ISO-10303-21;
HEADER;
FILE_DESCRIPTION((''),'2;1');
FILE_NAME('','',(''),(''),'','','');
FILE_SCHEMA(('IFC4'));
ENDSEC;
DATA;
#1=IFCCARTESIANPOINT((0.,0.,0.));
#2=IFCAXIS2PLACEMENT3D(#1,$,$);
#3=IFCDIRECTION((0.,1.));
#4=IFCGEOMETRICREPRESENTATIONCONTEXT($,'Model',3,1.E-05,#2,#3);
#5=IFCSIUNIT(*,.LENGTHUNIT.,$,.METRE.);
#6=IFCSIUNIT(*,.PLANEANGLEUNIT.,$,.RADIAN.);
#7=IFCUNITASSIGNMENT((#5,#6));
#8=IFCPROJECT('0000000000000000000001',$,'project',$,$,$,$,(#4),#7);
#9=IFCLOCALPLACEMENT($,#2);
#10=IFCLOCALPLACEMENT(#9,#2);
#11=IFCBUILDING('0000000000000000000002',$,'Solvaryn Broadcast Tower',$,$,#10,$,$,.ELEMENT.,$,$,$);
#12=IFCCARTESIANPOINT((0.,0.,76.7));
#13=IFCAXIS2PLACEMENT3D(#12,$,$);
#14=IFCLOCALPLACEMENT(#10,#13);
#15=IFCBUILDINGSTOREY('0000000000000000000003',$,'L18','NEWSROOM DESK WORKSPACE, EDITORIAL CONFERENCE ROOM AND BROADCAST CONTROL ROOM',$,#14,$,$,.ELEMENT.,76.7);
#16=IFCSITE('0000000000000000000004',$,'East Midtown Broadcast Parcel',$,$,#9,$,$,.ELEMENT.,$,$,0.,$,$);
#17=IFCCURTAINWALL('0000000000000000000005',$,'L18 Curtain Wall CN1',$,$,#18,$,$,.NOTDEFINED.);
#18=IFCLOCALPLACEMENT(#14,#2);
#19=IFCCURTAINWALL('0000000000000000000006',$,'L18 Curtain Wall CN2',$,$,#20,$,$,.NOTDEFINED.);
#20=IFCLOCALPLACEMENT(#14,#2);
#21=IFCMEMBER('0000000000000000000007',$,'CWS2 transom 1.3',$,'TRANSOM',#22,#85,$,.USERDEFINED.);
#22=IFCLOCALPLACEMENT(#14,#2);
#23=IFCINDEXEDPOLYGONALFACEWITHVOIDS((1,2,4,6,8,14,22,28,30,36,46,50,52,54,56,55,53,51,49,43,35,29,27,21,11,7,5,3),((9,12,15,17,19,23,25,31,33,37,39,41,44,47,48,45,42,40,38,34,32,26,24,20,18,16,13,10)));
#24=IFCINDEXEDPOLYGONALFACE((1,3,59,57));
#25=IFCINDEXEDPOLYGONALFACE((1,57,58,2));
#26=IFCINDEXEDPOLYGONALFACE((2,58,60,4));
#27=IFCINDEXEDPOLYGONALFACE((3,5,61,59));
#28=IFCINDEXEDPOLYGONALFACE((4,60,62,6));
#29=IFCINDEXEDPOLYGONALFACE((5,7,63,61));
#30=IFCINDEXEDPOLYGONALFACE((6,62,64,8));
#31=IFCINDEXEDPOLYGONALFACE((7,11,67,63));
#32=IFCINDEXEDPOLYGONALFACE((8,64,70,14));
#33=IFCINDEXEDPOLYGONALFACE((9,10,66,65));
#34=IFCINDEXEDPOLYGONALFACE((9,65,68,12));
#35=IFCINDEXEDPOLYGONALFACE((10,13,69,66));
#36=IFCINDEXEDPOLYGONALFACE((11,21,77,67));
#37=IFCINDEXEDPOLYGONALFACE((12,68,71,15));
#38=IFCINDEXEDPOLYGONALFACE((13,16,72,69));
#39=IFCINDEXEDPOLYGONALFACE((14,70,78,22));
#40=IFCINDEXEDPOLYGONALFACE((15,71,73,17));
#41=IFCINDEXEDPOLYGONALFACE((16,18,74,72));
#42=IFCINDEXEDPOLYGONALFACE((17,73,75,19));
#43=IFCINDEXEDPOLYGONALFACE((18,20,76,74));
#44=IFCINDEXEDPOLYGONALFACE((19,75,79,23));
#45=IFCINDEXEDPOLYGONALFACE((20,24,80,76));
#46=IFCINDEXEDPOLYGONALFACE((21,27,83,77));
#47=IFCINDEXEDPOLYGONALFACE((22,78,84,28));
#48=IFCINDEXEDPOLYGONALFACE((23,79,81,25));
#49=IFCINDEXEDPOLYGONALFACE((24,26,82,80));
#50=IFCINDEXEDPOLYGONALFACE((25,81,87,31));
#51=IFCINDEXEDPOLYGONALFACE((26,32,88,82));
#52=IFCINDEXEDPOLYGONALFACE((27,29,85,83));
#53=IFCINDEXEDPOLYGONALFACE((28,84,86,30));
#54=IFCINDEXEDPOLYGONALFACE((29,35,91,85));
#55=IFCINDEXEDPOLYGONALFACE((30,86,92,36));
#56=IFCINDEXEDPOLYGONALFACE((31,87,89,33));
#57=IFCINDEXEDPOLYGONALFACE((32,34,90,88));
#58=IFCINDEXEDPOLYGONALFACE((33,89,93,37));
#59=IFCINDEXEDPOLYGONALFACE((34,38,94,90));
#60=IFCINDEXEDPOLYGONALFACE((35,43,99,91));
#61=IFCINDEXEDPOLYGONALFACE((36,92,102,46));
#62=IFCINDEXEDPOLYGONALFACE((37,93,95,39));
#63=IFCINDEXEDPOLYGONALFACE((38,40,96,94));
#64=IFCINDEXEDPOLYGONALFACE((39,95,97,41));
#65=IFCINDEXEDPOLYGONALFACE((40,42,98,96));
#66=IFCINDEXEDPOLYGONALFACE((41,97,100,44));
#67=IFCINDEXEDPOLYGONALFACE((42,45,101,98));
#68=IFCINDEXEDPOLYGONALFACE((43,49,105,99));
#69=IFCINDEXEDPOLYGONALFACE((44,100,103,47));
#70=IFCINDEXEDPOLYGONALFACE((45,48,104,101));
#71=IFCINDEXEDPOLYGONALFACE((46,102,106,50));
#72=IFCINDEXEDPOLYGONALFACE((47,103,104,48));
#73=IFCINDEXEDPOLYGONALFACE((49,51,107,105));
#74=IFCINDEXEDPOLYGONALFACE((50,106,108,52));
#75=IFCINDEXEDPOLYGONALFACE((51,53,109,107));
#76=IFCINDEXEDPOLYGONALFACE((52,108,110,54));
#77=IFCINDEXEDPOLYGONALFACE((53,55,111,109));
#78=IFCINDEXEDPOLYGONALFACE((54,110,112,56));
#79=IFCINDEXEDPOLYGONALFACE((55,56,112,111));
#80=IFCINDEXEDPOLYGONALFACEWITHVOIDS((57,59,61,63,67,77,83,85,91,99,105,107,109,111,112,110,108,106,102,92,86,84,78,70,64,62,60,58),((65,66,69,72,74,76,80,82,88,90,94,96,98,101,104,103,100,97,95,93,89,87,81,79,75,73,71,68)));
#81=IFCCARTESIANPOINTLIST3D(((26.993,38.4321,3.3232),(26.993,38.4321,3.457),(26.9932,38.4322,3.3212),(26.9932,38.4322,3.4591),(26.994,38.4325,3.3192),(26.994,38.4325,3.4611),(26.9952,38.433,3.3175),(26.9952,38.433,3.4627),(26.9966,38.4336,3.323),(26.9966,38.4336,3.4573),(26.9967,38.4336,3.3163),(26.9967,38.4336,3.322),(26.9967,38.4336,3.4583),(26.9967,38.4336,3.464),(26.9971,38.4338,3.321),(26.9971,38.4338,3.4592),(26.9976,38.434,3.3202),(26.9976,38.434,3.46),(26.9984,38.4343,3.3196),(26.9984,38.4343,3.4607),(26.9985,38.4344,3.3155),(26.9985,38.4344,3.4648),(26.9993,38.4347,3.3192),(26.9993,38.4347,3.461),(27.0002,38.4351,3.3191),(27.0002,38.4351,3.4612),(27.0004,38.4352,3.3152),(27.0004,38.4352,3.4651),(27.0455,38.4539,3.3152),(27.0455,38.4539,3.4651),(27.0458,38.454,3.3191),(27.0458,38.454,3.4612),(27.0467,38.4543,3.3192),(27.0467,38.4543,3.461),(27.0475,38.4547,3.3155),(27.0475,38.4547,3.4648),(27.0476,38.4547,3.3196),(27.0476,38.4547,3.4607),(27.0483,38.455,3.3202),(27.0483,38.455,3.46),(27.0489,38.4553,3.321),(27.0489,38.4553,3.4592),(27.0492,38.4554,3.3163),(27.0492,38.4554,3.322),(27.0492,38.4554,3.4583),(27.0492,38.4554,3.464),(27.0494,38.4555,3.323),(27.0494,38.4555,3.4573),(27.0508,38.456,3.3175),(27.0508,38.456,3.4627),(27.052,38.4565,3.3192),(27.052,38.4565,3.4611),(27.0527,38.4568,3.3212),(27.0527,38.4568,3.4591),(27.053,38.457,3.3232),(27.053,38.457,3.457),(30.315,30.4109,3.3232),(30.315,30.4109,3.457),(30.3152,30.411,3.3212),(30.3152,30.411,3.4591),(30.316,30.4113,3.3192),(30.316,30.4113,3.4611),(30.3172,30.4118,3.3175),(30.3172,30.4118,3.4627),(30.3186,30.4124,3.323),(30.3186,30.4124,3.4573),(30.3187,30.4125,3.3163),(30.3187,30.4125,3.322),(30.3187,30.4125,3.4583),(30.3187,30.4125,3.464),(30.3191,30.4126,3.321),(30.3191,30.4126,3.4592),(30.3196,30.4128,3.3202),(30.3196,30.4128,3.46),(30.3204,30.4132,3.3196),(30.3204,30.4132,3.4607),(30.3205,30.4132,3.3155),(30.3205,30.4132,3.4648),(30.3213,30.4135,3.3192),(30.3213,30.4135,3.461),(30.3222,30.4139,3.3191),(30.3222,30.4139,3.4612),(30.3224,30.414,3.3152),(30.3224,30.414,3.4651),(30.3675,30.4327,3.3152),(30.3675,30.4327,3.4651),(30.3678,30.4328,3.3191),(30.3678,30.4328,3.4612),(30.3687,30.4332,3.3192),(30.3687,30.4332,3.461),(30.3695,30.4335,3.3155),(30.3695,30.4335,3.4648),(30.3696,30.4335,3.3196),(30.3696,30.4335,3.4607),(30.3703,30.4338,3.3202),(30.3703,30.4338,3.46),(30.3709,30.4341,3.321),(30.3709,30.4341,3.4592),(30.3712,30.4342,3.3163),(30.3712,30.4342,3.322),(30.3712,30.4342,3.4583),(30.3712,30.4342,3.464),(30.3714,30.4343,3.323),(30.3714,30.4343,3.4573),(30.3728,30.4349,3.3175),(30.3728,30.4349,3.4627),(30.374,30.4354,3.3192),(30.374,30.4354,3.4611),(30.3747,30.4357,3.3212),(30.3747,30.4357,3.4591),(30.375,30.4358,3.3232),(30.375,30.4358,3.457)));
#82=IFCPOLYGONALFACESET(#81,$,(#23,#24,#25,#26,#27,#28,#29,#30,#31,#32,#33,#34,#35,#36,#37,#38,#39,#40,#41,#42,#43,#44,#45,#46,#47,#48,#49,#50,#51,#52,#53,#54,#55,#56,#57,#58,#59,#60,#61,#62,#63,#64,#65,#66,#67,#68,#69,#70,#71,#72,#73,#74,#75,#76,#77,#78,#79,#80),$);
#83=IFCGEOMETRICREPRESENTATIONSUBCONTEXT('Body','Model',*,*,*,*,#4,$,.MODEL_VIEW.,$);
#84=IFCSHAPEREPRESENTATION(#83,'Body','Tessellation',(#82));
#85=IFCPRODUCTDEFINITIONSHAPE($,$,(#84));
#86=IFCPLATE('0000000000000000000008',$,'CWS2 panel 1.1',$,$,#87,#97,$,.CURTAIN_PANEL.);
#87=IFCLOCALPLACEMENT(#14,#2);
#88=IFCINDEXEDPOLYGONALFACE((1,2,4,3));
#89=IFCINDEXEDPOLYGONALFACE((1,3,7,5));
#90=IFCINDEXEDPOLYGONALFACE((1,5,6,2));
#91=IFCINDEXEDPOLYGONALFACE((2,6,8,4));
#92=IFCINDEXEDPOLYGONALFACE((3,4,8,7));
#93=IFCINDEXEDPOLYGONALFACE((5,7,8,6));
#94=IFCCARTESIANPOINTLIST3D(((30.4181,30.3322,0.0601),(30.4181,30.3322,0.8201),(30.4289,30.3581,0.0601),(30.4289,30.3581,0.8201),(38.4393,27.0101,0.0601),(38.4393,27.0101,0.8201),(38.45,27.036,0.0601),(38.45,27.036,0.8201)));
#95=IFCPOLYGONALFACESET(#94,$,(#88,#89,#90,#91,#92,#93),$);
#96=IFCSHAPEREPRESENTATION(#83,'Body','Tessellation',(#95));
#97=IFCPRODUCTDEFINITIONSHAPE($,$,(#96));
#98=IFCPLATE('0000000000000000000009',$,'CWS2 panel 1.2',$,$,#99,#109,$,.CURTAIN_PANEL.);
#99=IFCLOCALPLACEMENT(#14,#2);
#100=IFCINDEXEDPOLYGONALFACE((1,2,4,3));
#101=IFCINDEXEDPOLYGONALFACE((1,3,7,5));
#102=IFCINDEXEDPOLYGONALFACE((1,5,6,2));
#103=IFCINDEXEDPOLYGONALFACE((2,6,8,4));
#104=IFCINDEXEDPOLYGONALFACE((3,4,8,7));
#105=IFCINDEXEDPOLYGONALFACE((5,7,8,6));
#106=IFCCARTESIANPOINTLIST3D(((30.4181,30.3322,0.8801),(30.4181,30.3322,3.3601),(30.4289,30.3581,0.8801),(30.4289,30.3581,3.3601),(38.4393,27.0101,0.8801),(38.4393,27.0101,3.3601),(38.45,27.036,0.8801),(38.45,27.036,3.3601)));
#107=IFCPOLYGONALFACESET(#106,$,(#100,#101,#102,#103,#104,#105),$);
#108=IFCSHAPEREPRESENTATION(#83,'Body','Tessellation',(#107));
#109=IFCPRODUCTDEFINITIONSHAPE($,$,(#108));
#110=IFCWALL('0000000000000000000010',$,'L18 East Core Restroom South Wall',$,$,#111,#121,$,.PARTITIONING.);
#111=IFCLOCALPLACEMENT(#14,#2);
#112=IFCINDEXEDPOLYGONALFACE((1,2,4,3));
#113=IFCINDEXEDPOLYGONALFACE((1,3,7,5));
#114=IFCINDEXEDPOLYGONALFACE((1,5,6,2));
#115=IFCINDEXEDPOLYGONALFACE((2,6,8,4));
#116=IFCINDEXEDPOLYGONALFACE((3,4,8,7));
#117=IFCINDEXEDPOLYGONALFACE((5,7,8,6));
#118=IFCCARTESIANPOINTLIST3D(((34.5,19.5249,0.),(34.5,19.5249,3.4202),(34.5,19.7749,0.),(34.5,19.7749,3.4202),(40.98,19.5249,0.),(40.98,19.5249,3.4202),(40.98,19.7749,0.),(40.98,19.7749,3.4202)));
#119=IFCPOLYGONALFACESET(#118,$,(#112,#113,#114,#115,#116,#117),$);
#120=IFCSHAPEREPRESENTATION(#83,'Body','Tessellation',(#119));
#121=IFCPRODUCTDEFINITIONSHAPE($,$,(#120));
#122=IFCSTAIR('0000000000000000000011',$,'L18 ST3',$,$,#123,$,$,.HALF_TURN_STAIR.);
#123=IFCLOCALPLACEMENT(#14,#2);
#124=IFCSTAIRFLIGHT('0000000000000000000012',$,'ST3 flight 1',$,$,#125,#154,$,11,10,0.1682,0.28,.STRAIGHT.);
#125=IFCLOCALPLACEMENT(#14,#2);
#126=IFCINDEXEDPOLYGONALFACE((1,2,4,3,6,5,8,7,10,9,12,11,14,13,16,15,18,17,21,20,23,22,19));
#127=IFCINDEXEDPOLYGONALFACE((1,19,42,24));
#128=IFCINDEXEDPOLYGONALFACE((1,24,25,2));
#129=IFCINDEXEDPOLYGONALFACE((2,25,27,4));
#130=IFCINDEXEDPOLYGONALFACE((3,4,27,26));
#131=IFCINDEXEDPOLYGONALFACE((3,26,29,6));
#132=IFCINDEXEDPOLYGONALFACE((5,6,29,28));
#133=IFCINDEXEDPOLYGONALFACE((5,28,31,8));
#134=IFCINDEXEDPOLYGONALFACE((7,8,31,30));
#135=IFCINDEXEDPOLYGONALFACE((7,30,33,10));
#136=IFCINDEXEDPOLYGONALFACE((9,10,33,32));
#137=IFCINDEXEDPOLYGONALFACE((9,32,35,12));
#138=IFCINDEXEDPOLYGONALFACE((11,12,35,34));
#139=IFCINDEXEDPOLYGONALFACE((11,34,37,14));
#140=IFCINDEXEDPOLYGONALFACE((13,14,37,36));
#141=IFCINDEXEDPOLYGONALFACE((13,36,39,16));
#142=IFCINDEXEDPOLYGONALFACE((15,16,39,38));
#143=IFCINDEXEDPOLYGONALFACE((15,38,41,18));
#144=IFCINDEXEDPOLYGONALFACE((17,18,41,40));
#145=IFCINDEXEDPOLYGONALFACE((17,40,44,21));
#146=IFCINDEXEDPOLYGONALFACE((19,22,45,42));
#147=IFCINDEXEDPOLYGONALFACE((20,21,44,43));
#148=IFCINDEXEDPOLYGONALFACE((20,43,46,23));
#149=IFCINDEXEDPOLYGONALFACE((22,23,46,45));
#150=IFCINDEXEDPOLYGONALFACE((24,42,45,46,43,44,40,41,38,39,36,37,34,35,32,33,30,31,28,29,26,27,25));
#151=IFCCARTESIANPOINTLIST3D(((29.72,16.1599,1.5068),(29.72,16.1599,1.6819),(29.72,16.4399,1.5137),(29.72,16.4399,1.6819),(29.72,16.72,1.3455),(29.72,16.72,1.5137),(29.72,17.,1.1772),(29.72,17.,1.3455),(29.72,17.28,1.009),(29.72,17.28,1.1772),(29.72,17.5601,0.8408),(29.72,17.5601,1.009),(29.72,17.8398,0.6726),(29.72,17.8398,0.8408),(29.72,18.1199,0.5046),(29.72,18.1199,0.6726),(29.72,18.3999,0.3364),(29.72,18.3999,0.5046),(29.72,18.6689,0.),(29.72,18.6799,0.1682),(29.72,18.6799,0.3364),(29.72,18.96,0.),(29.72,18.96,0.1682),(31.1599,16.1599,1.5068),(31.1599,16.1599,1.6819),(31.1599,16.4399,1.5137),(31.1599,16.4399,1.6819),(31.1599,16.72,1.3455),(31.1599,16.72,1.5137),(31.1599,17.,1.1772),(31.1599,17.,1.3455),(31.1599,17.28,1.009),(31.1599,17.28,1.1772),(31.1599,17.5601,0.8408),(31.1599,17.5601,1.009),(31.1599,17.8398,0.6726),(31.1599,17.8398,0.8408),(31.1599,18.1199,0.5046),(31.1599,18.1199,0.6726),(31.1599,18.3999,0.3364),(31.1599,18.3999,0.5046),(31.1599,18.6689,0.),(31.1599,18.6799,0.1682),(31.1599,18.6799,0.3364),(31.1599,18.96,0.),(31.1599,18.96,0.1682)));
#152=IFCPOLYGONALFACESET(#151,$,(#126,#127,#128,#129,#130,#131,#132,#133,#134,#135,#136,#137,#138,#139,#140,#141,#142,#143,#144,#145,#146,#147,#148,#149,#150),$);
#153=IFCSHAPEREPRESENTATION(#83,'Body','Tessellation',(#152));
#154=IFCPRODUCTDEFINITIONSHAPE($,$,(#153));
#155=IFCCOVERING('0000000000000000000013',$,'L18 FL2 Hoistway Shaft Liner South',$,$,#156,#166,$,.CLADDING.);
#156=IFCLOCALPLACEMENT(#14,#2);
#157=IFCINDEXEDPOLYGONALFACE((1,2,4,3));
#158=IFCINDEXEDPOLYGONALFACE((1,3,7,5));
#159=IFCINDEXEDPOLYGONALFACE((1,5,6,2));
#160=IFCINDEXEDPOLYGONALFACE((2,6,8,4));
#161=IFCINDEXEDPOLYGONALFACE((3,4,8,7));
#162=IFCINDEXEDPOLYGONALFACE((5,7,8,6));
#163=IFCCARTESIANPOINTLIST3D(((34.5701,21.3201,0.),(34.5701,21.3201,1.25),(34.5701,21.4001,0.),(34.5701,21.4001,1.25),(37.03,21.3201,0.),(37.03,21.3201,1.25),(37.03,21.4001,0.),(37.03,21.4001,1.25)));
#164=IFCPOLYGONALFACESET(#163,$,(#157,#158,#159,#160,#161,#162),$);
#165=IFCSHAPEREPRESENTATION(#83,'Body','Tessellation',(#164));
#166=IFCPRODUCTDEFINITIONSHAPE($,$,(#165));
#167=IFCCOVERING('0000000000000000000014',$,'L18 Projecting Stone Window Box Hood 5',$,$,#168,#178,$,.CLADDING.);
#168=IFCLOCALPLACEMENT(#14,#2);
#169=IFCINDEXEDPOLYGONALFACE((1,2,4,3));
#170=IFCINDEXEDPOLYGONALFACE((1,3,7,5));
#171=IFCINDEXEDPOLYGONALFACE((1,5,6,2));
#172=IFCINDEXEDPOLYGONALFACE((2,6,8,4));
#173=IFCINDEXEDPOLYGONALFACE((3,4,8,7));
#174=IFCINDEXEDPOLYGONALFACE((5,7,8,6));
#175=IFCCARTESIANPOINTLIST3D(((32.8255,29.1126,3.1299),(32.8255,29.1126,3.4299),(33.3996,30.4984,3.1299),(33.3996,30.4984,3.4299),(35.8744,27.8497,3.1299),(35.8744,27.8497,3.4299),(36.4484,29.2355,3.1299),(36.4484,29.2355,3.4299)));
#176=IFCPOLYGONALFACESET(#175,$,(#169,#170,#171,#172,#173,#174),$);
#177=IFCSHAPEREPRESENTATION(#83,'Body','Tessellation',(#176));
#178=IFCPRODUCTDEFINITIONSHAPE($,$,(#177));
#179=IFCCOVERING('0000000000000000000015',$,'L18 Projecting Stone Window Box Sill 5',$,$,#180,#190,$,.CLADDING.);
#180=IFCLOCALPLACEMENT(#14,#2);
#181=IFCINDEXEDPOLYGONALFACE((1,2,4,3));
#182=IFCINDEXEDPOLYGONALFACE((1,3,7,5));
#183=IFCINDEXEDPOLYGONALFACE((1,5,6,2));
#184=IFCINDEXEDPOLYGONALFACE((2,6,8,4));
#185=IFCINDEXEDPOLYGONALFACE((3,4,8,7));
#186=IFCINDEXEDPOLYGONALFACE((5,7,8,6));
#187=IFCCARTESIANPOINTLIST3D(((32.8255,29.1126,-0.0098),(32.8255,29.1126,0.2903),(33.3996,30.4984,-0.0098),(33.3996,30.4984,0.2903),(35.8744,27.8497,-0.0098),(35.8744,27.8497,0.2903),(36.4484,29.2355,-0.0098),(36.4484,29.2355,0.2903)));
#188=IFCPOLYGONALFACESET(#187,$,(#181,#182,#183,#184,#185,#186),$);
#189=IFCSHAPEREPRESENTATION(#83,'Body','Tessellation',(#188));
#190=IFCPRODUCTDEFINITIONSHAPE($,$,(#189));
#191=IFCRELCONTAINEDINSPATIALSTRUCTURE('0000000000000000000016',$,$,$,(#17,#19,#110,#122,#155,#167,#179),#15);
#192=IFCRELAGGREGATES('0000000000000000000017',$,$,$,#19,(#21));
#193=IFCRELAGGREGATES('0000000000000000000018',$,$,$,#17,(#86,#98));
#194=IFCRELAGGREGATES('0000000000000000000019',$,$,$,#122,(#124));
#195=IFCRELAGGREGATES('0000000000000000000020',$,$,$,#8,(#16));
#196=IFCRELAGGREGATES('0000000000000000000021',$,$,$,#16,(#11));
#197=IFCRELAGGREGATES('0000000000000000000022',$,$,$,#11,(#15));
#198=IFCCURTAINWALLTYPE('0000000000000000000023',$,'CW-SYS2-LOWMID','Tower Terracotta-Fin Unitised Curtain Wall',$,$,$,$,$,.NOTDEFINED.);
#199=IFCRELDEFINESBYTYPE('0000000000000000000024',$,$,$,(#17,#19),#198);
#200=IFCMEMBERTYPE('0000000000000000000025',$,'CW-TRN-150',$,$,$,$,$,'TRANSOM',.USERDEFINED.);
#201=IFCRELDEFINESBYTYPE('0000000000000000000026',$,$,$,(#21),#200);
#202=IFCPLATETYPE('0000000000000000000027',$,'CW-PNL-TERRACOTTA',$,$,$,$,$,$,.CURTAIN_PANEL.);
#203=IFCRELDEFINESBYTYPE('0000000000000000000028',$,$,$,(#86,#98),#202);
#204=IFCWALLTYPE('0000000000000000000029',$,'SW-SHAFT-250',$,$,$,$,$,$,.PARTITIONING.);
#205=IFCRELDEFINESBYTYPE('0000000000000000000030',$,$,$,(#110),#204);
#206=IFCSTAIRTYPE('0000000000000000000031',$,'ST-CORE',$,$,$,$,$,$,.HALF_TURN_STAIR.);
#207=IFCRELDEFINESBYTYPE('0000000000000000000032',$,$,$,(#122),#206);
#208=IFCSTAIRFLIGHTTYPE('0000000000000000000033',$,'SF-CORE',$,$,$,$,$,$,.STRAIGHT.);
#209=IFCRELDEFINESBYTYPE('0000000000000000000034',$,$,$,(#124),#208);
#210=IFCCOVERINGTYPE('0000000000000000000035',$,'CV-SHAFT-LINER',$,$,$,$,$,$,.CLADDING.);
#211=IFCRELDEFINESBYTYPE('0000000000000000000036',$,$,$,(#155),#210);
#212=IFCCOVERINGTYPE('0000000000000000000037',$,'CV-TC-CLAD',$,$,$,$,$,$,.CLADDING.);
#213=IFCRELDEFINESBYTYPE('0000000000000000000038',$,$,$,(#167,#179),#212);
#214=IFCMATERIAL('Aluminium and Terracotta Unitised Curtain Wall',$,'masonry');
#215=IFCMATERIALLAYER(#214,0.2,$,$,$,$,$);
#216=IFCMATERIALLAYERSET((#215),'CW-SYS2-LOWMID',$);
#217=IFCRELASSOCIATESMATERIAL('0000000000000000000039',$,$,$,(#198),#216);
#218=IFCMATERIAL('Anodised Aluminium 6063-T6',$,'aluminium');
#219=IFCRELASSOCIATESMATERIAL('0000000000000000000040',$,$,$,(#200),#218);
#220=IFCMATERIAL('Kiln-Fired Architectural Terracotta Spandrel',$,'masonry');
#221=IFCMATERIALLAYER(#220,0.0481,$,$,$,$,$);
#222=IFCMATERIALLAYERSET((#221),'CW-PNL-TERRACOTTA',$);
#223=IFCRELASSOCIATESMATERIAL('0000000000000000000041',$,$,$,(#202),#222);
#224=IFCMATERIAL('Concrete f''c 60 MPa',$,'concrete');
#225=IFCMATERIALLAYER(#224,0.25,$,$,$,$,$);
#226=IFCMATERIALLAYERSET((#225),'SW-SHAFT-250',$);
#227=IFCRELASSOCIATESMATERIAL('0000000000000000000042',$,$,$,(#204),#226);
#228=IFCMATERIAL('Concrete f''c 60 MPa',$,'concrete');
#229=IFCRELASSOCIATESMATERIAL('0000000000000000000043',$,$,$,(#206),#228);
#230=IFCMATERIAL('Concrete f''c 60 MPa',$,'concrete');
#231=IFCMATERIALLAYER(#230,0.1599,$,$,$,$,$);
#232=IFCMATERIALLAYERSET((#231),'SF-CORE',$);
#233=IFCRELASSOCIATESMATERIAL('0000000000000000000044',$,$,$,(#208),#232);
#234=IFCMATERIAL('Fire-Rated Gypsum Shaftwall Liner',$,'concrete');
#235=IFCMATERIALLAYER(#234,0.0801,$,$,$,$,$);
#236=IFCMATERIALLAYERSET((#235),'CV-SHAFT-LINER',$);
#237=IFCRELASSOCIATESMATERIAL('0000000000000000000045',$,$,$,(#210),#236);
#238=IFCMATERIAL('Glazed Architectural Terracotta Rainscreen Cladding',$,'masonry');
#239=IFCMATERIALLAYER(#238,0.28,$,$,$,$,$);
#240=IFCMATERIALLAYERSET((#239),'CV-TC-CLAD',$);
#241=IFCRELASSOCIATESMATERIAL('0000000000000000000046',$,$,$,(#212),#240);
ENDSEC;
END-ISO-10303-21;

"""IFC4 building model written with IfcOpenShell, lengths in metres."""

from ifc_helpers import new_model, si_unit, direction, frame, frame_2d, origin, origin_2d, place, context, subcontext, project, spatial, polyline, rectangle, hollow_rectangle, outline, extrude, material, layer, layer_set, material_profile, profile_set, type_object, element, aggregate, save


model = new_model("IFC4")

# Units and contexts
model_context = context("Model", 3, precision=1e-05, world=origin(), true_north=direction((0.0, 1.0)))
body_context = subcontext(model_context, "Body", "Model", "MODEL_VIEW")
ifc_project = project(units=[si_unit("LENGTHUNIT", "METRE"), si_unit("PLANEANGLEUNIT", "RADIAN")], contexts=[model_context])

# Site, building, storey
site_placement = place(None, origin())
site = spatial("IfcSite", under=ifc_project, at=site_placement, Name="East Midtown Broadcast Parcel", CompositionType="ELEMENT", RefElevation=0.0)
building_placement = place(site_placement, origin())
building = spatial("IfcBuilding", under=site, at=building_placement, Name="Solvaryn Broadcast Tower", CompositionType="ELEMENT")
storey_placement = place(building_placement, frame((0.0, 0.0, 76.7)))
storey = spatial("IfcBuildingStorey", under=building, at=storey_placement, Name="L18", Description="NEWSROOM DESK WORKSPACE, EDITORIAL CONFERENCE ROOM AND BROADCAST CONTROL ROOM", CompositionType="ELEMENT", Elevation=76.7)

# Curtain wall
ifc_material_1 = material(Name="Aluminium and Terracotta Unitised Curtain Wall", Category="masonry")
ifc_layer_1 = layer(ifc_material_1, 0.2)
ifc_layer_set_1 = layer_set([ifc_layer_1], Name="CW-SYS2-LOWMID")
curtain_wall_type = type_object("IfcCurtainWallType", Name="CW-SYS2-LOWMID", Description="Tower Terracotta-Fin Unitised Curtain Wall", PredefinedType="NOTDEFINED", material=ifc_layer_set_1)
curtain_wall_1_placement = place(storey_placement, origin())
curtain_wall_1 = element("IfcCurtainWall", 1, at=curtain_wall_1_placement, inside=storey, type_object=curtain_wall_type, Name="L18 Curtain Wall CN1", PredefinedType="NOTDEFINED")

# Curtain wall, member
curtain_wall_2_placement = place(storey_placement, origin())
curtain_wall_2 = element("IfcCurtainWall", 2, at=curtain_wall_2_placement, inside=storey, type_object=curtain_wall_type, Name="L18 Curtain Wall CN2", PredefinedType="NOTDEFINED")
ifc_material_2 = material(Name="Anodised Aluminium 6063-T6", Category="aluminium")
ifc_material_profile_1 = material_profile(ifc_material_2, hollow_rectangle(XDim=0.0649, YDim=0.1499, WallThickness=0.0039, InnerFilletRadius=0.0039, OuterFilletRadius=0.0081, at=origin_2d()))
ifc_profile_set_1 = profile_set([ifc_material_profile_1], Name="Anodised Aluminium 6063-T6")
member_type_1 = type_object("IfcMemberType", Name="CW-TRN-150", ElementType="TRANSOM", PredefinedType="USERDEFINED", material=ifc_profile_set_1)
member_1_placement = place(storey_placement, frame((30.345, 30.4233, 3.3901), z_axis=(-0.382636, 0.923899, 0.0), x_axis=(-0.923899, -0.382636, 0.0)))
member_1 = element("IfcMember", 3, at=member_1_placement, type_object=member_type_1, Name="CWS2 transom 1.3", ObjectType="TRANSOM", PredefinedType="USERDEFINED", context=body_context, shape_type="SweptSolid", body=[
    extrude(hollow_rectangle(XDim=0.0649, YDim=0.1499, WallThickness=0.0039, InnerFilletRadius=0.0039, OuterFilletRadius=0.0081, at=origin_2d()), origin(), (0.0, 0.0, 1.0), 8.6819),
])
aggregate(curtain_wall_2, [member_1])

# Plates
ifc_material_3 = material(Name="Kiln-Fired Architectural Terracotta Spandrel", Category="masonry")
ifc_layer_2 = layer(ifc_material_3, 0.0481)
ifc_layer_set_2 = layer_set([ifc_layer_2], Name="CW-PNL-TERRACOTTA")
plate_type = type_object("IfcPlateType", Name="CW-PNL-TERRACOTTA", PredefinedType="CURTAIN_PANEL", material=ifc_layer_set_2)
plate_1_placement = place(storey_placement, frame((34.4341, 28.6841, 0.0601), z_axis=(0.0, 0.0, 1.0), x_axis=(-0.923895, 0.382646, 0.0)))
plate_1 = element("IfcPlate", 4, at=plate_1_placement, type_object=plate_type, Name="CWS2 panel 1.1", PredefinedType="CURTAIN_PANEL", context=body_context, shape_type="SweptSolid", body=[
    extrude(rectangle(XDim=8.6819, YDim=0.0281, at=origin_2d()), origin(), (0.0, 0.0, 1.0), 0.76),
])
plate_2_placement = place(storey_placement, frame((34.4341, 28.6841, 0.8801), z_axis=(0.0, 0.0, 1.0), x_axis=(-0.923895, 0.382646, 0.0)))
plate_2 = element("IfcPlate", 5, at=plate_2_placement, type_object=plate_type, Name="CWS2 panel 1.2", PredefinedType="CURTAIN_PANEL", context=body_context, shape_type="SweptSolid", body=[
    extrude(rectangle(XDim=8.6819, YDim=0.0281, at=origin_2d()), origin(), (0.0, 0.0, 1.0), 2.48),
])
aggregate(curtain_wall_1, [plate_1, plate_2])

# Shared definitions
ifc_material_4 = material(Name="Concrete f'c 60 MPa", Category="concrete")
ifc_layer_3 = layer(ifc_material_4, 0.25)
ifc_layer_set_3 = layer_set([ifc_layer_3], Name="SW-SHAFT-250")
wall_type_1 = type_object("IfcWallType", Name="SW-SHAFT-250", PredefinedType="PARTITIONING", material=ifc_layer_set_3)

# Wall
wall_1_placement = place(storey_placement, frame((34.5, 19.6499, 0.0), z_axis=(0.0, 0.0, 1.0), x_axis=(1.0, 0.0, 0.0)))
element("IfcWall", 6, at=wall_1_placement, inside=storey, type_object=wall_type_1, Name="L18 East Core Restroom South Wall", PredefinedType="PARTITIONING", context=body_context, shape_type="SweptSolid", body=[
    extrude(rectangle(XDim=6.48, YDim=0.25, at=frame_2d((3.24, 0.0))), origin(), (0.0, 0.0, 1.0), 3.4202),
])

# Stair, stair flight
ifc_material_5 = material(Name="Concrete f'c 60 MPa", Category="concrete")
stair_type = type_object("IfcStairType", Name="ST-CORE", PredefinedType="HALF_TURN_STAIR", material=ifc_material_5)
stair_placement = place(storey_placement, origin())
stair = element("IfcStair", 7, at=stair_placement, inside=storey, type_object=stair_type, Name="L18 ST3", PredefinedType="HALF_TURN_STAIR")
ifc_material_6 = material(Name="Concrete f'c 60 MPa", Category="concrete")
ifc_layer_4 = layer(ifc_material_6, 0.1599)
ifc_layer_set_4 = layer_set([ifc_layer_4], Name="SF-CORE")
stair_flight_type = type_object("IfcStairFlightType", Name="SF-CORE", PredefinedType="STRAIGHT", material=ifc_layer_set_4)
stair_flight_placement = place(storey_placement, frame((30.4399, 18.96, 0.0), z_axis=(0.0, 0.0, 1.0), x_axis=(0.0, -1.0, 0.0)))
stair_flight = element("IfcStairFlight", 8, at=stair_flight_placement, type_object=stair_flight_type, Name="ST3 flight 1", NumberOfRisers=11, NumberOfTreads=10, PredefinedType="STRAIGHT", RiserHeight=0.1682, TreadLength=0.28, context=body_context, shape_type="SweptSolid", body=[
    extrude(outline(polyline([(0.0, 0.0), (0.0, 0.1682), (0.28, 0.1682), (0.28, 0.3364), (0.5601, 0.3364), (0.5601, 0.5046), (0.8401, 0.5046), (0.8401, 0.6726), (1.1201, 0.6726), (1.1201, 0.8408), (1.3999, 0.8408), (1.3999, 1.009), (1.6799, 1.009), (1.6799, 1.1772), (1.96, 1.1772), (1.96, 1.3455), (2.24, 1.3455), (2.24, 1.5137), (2.52, 1.5137), (2.52, 1.6819), (2.8, 1.6819), (2.8, 1.8501), (2.8, 1.5068), (0.291, 0.0), (0.0, 0.0)])), frame((0.0, 0.72, 0.0), z_axis=(0.0, -1.0, 0.0), x_axis=(1.0, 0.0, 0.0)), (0.0, 0.0, 1.0), 1.4399),
])
aggregate(stair, [stair_flight])

# Coverings
ifc_material_7 = material(Name="Fire-Rated Gypsum Shaftwall Liner", Category="concrete")
ifc_layer_5 = layer(ifc_material_7, 0.0801)
ifc_layer_set_5 = layer_set([ifc_layer_5], Name="CV-SHAFT-LINER")
covering_type_1 = type_object("IfcCoveringType", Name="CV-SHAFT-LINER", PredefinedType="CLADDING", material=ifc_layer_set_5)
covering_1_placement = place(storey_placement, frame((35.8, 21.3601, 0.0), z_axis=(0.0, 0.0, 1.0), x_axis=(1.0, 0.0, 0.0)))
element("IfcCovering", 9, at=covering_1_placement, inside=storey, type_object=covering_type_1, Name="L18 FL2 Hoistway Shaft Liner South", PredefinedType="CLADDING", context=body_context, shape_type="SweptSolid", body=[
    extrude(rectangle(XDim=2.46, YDim=0.0801, at=origin_2d()), origin(), (0.0, 0.0, 1.0), 1.25),
])
ifc_material_8 = material(Name="Glazed Architectural Terracotta Rainscreen Cladding", Category="masonry")
ifc_layer_6 = layer(ifc_material_8, 0.28)
ifc_layer_set_6 = layer_set([ifc_layer_6], Name="CV-TC-CLAD")
covering_type_2 = type_object("IfcCoveringType", Name="CV-TC-CLAD", PredefinedType="CLADDING", material=ifc_layer_set_6)
for number, where, z_axis, x_axis, name in (
    (10, (34.637, 29.1741, 3.1299), (0.0, 0.0, 1.0), (-0.92388, 0.382683, 0.0), "L18 Projecting Stone Window Box Hood 5"),
    (11, (34.637, 29.1741, -0.0098), (0.0, 0.0, 1.0), (-0.92388, 0.382683, 0.0), "L18 Projecting Stone Window Box Sill 5"),
):
    element("IfcCovering", number, at=place(storey_placement, frame(where, z_axis=z_axis, x_axis=x_axis)), inside=storey, type_object=covering_type_2, Name=name, PredefinedType="CLADDING", context=body_context, shape_type="SweptSolid", body=[
        extrude(rectangle(XDim=3.3, YDim=1.5, at=origin_2d()), origin(), (0.0, 0.0, 1.0), 0.3),
    ])

save(model, "model.ifc")
